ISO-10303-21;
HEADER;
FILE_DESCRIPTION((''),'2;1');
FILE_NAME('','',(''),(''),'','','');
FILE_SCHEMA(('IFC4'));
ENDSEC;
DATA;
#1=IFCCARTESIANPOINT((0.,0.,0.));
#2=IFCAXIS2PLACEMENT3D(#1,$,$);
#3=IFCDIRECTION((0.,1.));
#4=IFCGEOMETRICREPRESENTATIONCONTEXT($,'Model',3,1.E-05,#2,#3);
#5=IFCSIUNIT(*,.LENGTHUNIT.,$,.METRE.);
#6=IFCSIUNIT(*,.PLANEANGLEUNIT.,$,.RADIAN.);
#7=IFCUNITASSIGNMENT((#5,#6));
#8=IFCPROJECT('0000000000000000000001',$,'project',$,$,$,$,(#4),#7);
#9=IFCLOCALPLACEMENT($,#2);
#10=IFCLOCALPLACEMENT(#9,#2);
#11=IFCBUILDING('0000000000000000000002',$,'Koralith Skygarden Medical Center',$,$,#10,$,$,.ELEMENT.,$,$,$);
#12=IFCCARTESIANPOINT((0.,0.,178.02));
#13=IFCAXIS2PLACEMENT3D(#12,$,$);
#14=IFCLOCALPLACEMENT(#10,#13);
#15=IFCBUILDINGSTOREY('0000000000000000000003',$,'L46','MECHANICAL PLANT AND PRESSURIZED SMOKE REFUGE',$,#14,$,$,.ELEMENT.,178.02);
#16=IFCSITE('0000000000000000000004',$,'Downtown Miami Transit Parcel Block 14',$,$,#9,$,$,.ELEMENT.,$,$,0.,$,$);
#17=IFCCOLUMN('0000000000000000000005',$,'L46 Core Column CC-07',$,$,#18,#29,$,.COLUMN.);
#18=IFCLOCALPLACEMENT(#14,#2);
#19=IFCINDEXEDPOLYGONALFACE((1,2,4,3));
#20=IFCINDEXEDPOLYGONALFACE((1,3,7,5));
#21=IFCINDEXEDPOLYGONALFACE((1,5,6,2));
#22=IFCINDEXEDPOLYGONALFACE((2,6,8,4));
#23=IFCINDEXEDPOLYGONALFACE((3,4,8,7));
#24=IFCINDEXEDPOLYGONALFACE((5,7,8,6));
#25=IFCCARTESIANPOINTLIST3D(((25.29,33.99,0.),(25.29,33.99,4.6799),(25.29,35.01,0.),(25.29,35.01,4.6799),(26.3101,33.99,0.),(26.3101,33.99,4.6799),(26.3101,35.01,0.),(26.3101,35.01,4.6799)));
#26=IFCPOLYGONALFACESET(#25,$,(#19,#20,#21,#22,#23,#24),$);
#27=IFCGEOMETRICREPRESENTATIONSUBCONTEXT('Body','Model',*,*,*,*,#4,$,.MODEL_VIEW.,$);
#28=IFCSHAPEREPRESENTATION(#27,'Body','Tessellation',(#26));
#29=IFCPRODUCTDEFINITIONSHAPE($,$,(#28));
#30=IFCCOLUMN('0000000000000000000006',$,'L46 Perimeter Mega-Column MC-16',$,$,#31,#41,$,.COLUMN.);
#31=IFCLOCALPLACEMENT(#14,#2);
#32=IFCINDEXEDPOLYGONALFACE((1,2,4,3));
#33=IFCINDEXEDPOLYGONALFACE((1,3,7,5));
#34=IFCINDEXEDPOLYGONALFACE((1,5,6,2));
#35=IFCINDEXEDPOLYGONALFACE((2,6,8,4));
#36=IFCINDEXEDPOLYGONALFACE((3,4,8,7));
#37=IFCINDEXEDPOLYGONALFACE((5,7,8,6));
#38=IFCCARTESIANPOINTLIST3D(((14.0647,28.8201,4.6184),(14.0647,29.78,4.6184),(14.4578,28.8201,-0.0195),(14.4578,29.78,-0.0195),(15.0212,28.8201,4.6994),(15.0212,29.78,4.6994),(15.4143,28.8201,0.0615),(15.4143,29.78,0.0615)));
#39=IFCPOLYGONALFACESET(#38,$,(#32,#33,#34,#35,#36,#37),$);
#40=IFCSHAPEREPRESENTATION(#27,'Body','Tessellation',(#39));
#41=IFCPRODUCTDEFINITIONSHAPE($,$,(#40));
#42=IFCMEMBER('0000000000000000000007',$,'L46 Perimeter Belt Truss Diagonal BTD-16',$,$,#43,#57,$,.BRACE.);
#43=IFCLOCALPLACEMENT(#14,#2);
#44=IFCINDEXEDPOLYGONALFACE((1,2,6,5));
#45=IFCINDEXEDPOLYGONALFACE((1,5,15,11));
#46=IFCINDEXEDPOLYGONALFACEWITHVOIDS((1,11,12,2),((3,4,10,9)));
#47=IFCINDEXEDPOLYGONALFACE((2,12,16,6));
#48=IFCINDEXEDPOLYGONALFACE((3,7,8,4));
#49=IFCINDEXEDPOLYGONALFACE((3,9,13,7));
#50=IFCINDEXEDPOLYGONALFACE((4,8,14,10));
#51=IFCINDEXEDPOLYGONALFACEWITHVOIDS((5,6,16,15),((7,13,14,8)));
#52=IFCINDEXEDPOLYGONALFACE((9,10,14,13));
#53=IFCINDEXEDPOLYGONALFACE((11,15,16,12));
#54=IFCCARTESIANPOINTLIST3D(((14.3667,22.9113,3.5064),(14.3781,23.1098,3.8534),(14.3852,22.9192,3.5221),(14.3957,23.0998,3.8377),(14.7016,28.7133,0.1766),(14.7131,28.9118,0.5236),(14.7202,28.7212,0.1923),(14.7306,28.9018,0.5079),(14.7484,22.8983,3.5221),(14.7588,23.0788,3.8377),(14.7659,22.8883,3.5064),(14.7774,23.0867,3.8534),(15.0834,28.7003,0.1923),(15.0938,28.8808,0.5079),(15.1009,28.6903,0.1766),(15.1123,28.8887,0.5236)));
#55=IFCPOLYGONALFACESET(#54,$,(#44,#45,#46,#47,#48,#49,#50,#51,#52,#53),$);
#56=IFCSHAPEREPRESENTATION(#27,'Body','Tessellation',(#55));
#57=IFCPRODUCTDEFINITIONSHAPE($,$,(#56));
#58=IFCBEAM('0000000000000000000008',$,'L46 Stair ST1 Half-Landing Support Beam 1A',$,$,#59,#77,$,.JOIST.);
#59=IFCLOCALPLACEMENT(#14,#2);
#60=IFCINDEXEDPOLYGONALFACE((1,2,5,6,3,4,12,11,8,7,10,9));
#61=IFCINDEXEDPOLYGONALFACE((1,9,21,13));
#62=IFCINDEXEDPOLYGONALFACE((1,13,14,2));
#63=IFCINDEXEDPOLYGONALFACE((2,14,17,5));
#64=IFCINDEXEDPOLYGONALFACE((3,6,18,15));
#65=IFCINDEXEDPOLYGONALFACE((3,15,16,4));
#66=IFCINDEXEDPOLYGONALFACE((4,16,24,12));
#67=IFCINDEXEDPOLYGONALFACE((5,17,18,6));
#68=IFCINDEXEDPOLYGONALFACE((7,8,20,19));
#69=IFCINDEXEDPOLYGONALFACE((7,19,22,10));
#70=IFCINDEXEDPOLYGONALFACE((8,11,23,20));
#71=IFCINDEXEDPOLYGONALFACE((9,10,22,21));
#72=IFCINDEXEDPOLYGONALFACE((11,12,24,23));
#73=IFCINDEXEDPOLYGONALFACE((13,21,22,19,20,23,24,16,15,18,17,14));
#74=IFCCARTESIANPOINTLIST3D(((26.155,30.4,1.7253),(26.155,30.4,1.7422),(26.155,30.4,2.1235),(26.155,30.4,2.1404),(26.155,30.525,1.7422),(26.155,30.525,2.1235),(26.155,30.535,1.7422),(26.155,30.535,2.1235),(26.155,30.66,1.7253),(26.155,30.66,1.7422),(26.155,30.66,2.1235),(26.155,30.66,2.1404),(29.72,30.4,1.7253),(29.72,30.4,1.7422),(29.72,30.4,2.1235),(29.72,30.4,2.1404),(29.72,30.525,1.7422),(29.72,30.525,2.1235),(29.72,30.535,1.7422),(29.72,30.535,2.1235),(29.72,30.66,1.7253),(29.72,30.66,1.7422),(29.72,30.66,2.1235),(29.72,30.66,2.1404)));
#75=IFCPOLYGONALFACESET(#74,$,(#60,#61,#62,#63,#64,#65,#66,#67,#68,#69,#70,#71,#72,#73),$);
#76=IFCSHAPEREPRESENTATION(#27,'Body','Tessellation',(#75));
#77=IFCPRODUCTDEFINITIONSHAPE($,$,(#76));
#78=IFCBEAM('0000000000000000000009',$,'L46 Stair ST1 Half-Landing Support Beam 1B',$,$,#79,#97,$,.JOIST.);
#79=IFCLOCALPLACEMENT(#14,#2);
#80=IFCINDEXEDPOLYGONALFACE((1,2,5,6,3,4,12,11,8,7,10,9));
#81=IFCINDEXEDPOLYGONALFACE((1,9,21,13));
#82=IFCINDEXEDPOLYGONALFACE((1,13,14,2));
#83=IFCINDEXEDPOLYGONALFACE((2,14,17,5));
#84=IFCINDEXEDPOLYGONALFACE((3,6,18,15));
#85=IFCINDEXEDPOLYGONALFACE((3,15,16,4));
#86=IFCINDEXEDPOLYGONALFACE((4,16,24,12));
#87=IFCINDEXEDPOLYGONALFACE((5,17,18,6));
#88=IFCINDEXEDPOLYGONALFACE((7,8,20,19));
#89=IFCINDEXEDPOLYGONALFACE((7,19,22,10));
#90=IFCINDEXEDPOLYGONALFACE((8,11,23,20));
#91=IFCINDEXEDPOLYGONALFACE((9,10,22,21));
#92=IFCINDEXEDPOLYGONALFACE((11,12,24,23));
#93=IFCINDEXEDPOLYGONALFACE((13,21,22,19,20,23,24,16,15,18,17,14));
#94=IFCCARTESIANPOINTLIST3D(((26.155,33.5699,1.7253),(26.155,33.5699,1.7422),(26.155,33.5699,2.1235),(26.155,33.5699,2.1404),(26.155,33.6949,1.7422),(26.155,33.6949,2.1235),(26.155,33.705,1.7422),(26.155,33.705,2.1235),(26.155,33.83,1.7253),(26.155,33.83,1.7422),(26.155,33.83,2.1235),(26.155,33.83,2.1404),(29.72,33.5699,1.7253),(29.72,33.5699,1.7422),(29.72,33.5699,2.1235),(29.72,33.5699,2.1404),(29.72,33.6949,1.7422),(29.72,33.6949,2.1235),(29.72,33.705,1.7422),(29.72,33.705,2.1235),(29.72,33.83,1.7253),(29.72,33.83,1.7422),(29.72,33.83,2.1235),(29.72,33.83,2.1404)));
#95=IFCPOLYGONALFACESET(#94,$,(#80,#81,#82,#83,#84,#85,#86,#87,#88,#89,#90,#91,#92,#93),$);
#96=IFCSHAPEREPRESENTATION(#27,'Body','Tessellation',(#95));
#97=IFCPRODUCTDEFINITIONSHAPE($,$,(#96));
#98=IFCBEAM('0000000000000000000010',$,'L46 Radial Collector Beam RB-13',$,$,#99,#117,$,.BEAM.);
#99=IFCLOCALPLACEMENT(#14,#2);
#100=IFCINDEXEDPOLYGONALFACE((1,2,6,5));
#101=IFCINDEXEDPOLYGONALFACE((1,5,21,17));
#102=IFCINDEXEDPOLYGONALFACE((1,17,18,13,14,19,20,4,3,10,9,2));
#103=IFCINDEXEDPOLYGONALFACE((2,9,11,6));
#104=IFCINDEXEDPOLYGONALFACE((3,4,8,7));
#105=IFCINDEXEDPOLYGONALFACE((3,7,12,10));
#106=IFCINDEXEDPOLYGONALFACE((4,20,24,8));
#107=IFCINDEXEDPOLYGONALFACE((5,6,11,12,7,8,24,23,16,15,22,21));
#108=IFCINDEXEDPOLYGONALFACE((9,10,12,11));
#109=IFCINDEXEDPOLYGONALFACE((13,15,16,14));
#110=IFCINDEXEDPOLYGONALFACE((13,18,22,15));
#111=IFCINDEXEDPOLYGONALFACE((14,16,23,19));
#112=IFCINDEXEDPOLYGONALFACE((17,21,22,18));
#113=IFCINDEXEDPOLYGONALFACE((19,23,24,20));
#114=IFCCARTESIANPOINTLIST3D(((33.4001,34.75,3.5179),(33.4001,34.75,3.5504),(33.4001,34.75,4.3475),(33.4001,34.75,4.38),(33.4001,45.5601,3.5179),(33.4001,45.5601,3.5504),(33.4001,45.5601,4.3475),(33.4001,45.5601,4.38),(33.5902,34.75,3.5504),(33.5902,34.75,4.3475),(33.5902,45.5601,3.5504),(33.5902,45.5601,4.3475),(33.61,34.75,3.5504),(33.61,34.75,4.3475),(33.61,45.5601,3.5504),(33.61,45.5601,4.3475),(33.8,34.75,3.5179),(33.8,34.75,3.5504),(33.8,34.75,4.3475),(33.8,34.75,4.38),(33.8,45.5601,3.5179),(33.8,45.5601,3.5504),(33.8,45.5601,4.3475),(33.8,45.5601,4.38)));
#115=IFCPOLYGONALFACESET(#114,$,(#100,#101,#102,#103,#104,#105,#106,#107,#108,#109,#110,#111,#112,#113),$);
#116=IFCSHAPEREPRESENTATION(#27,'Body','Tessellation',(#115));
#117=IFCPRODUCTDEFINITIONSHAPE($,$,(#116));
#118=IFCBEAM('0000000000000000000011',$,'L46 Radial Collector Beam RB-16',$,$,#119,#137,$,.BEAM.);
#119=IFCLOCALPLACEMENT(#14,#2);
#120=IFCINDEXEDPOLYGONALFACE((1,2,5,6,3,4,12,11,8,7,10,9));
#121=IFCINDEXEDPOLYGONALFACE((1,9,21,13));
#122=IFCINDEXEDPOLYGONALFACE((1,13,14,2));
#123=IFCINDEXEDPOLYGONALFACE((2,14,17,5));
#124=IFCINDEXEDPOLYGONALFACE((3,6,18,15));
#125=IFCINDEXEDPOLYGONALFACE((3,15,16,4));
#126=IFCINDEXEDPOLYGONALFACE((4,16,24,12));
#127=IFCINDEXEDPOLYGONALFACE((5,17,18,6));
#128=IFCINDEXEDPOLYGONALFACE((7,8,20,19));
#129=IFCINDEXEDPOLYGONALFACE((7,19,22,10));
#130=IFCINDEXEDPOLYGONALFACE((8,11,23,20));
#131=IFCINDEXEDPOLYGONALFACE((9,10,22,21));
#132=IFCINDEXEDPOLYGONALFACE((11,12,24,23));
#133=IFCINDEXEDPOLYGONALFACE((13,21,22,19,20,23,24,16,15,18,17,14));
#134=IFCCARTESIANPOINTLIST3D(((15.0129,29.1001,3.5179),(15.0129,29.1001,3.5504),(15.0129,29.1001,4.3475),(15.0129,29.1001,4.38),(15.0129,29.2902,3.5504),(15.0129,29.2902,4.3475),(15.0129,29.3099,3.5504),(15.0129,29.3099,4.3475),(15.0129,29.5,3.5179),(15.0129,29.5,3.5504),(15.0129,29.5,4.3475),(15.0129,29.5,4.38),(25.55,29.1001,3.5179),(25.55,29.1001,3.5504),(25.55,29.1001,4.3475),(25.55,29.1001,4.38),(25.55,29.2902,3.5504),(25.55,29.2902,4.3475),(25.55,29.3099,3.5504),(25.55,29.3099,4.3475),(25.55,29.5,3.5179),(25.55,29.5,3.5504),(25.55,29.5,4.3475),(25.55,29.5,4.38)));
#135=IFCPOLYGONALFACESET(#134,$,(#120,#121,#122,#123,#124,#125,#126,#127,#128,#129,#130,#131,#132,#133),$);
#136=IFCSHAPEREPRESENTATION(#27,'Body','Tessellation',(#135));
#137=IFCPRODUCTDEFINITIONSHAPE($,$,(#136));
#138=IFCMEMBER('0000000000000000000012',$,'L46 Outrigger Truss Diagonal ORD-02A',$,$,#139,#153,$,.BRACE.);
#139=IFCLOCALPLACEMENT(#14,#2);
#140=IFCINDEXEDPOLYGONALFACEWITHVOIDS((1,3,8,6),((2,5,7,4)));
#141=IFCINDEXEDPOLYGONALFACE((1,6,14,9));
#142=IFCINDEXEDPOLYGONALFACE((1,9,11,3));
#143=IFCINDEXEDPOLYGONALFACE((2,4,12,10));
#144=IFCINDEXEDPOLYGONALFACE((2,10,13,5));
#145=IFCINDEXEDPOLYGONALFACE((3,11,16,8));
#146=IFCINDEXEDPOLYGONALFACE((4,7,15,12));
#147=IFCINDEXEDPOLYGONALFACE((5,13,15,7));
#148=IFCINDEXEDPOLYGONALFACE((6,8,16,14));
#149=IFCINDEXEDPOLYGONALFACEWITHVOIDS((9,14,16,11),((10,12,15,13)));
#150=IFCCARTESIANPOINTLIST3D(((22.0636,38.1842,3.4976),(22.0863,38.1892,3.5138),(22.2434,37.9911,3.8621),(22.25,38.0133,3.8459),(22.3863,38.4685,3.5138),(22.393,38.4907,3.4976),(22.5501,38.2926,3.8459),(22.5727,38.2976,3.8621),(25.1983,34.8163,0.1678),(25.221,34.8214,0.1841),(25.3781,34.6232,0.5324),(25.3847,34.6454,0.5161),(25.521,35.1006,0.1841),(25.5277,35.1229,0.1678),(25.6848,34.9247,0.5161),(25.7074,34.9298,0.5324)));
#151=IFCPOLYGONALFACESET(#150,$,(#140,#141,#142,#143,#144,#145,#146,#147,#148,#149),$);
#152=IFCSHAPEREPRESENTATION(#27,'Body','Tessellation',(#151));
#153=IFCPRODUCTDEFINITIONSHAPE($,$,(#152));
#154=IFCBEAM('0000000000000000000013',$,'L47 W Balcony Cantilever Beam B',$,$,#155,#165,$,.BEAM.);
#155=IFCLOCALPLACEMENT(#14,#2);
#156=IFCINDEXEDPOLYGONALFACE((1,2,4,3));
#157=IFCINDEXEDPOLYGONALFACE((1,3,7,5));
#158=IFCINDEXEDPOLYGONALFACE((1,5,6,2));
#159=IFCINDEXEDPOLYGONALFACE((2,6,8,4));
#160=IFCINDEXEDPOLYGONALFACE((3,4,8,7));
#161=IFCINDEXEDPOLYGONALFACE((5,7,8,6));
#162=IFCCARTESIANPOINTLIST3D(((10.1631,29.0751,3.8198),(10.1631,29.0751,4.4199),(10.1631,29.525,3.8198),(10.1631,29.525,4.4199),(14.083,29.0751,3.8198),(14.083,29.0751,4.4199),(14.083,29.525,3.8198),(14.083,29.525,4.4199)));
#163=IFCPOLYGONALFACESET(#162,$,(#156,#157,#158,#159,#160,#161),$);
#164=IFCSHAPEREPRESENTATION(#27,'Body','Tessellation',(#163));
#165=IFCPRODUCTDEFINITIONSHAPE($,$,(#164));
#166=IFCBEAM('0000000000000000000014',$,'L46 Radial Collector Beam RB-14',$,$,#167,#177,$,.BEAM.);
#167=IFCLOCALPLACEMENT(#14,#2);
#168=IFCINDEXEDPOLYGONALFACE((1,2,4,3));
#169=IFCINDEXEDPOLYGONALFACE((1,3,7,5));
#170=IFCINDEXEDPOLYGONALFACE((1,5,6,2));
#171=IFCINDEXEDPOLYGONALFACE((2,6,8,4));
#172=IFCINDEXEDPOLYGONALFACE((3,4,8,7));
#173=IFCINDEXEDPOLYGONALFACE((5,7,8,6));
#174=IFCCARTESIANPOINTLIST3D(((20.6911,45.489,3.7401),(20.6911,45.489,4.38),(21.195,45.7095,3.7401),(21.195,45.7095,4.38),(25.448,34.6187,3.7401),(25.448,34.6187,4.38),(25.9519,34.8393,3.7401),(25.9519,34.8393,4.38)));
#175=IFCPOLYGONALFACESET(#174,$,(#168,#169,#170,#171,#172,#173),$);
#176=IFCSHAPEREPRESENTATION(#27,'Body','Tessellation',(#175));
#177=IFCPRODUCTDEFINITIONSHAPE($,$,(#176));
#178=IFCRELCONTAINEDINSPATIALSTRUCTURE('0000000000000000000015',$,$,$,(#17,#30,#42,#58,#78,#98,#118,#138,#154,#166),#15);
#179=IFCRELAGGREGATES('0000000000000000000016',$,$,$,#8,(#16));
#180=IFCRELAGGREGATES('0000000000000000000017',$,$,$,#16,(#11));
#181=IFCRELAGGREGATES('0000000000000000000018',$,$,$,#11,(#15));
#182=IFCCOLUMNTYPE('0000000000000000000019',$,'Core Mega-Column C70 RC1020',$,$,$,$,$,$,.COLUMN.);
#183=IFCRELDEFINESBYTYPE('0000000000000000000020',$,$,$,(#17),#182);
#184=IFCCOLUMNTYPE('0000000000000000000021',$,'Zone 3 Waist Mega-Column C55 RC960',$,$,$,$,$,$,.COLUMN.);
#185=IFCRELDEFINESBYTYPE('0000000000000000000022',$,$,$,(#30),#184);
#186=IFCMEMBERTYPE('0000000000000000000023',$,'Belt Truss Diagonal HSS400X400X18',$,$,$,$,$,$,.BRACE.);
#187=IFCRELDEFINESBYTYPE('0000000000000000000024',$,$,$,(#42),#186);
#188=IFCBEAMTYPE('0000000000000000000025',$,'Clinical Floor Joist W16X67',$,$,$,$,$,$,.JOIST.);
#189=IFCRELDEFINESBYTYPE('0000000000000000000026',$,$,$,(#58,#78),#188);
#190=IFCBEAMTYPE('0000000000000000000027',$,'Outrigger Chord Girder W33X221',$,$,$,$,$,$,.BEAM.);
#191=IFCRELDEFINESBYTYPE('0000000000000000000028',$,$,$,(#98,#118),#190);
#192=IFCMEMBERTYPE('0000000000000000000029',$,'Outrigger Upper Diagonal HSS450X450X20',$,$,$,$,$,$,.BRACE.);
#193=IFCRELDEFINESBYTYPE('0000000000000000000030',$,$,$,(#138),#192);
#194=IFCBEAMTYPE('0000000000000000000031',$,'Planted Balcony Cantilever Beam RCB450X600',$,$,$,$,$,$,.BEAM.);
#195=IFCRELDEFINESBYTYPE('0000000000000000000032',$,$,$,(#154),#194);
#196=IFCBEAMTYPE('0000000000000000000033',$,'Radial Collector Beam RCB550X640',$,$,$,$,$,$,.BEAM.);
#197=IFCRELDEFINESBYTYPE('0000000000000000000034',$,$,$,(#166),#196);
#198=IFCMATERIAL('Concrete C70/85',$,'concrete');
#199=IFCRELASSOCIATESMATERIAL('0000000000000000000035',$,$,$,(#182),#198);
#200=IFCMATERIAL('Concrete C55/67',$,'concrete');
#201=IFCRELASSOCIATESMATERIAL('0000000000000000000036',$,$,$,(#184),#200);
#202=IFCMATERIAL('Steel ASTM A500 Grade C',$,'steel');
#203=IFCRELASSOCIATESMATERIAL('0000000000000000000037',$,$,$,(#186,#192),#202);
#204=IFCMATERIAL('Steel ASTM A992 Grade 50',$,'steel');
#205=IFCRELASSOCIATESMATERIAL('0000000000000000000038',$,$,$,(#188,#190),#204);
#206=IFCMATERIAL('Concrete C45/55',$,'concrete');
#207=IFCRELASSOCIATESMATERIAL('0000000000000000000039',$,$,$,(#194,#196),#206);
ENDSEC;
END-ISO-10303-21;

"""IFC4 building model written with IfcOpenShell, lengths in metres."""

from ifc_helpers import new_model, si_unit, direction, frame, origin, origin_2d, place, context, subcontext, project, spatial, rectangle, hollow_rectangle, i_section, extrude, material, material_profile, profile_set, type_object, element, save


model = new_model("IFC4")

# Units and contexts
model_context = context("Model", 3, precision=1e-05, world=origin(), true_north=direction((0.0, 1.0)))
body_context = subcontext(model_context, "Body", "Model", "MODEL_VIEW")
ifc_project = project(units=[si_unit("LENGTHUNIT", "METRE"), si_unit("PLANEANGLEUNIT", "RADIAN")], contexts=[model_context])

# Site, building, storey
site_placement = place(None, origin())
site = spatial("IfcSite", under=ifc_project, at=site_placement, Name="Downtown Miami Transit Parcel Block 14", CompositionType="ELEMENT", RefElevation=0.0)
building_placement = place(site_placement, origin())
building = spatial("IfcBuilding", under=site, at=building_placement, Name="Koralith Skygarden Medical Center", CompositionType="ELEMENT")
storey_placement = place(building_placement, frame((0.0, 0.0, 178.02)))
storey = spatial("IfcBuildingStorey", under=building, at=storey_placement, Name="L46", Description="MECHANICAL PLANT AND PRESSURIZED SMOKE REFUGE", CompositionType="ELEMENT", Elevation=178.02)

# Columns
ifc_material_1 = material(Name="Concrete C70/85", Category="concrete")
ifc_material_profile_1 = material_profile(ifc_material_1, rectangle(XDim=1.02, YDim=1.02, at=origin_2d()), Name="RC1020X1020")
ifc_profile_set_1 = profile_set([ifc_material_profile_1], Name="Concrete C70/85")
column_type_1 = type_object("IfcColumnType", Name="Core Mega-Column C70 RC1020", PredefinedType="COLUMN", material=ifc_profile_set_1)
column_1_placement = place(storey_placement, frame((25.8, 34.5, 0.0), z_axis=(0.0, 0.0, 1.0), x_axis=(1.0, 0.0, 0.0)))
element("IfcColumn", 1, at=column_1_placement, inside=storey, type_object=column_type_1, Name="L46 Core Column CC-07", PredefinedType="COLUMN", context=body_context, shape_type="SweptSolid", body=[
    extrude(rectangle(XDim=1.02, YDim=1.02, at=origin_2d()), origin(), (0.0, 0.0, 1.0), 4.6799),
])
ifc_material_2 = material(Name="Concrete C55/67", Category="concrete")
ifc_material_profile_2 = material_profile(ifc_material_2, rectangle(XDim=0.96, YDim=0.96, at=origin_2d()), Name="RC960X960")
ifc_profile_set_2 = profile_set([ifc_material_profile_2], Name="Concrete C55/67")
column_type_2 = type_object("IfcColumnType", Name="Zone 3 Waist Mega-Column C55 RC960", PredefinedType="COLUMN", material=ifc_profile_set_2)
column_2_placement = place(storey_placement, frame((14.936, 29.3, 0.021), z_axis=(-0.084447, 0.0, 0.996428), x_axis=(0.0, -1.0, 0.0)))
element("IfcColumn", 2, at=column_2_placement, inside=storey, type_object=column_type_2, Name="L46 Perimeter Mega-Column MC-16", PredefinedType="COLUMN", context=body_context, shape_type="SweptSolid", body=[
    extrude(rectangle(XDim=0.96, YDim=0.96, at=origin_2d()), origin(), (0.0, 0.0, 1.0), 4.6545),
])

# Member
ifc_material_3 = material(Name="Steel ASTM A500 Grade C", Category="steel")
ifc_material_profile_3 = material_profile(ifc_material_3, hollow_rectangle(XDim=0.3999, YDim=0.3999, WallThickness=0.0181, at=origin_2d()), Name="HSS400X400X18")
ifc_profile_set_3 = profile_set([ifc_material_profile_3], Name="Steel ASTM A500 Grade C")
member_type_1 = type_object("IfcMemberType", Name="Belt Truss Diagonal HSS400X400X18", PredefinedType="BRACE", material=ifc_profile_set_3)
member_1_placement = place(storey_placement, frame((14.907, 28.801, 0.3501), z_axis=(-0.050009, -0.866229, 0.497138), x_axis=(0.998338, -0.057636, 0.0)))
element("IfcMember", 3, at=member_1_placement, inside=storey, type_object=member_type_1, Name="L46 Perimeter Belt Truss Diagonal BTD-16", PredefinedType="BRACE", context=body_context, shape_type="SweptSolid", body=[
    extrude(hollow_rectangle(XDim=0.3999, YDim=0.3999, WallThickness=0.0181, at=origin_2d()), origin(), (0.0, 0.0, 1.0), 6.698),
])

# Beams
ifc_material_4 = material(Name="Steel ASTM A992 Grade 50", Category="steel")
ifc_material_profile_4 = material_profile(ifc_material_4, i_section(OverallWidth=0.26, OverallDepth=0.415, WebThickness=0.01, FlangeThickness=0.0168, at=origin_2d()), Name="W16X67")
ifc_profile_set_4 = profile_set([ifc_material_profile_4], Name="Steel ASTM A992 Grade 50")
beam_type_1 = type_object("IfcBeamType", Name="Clinical Floor Joist W16X67", PredefinedType="JOIST", material=ifc_profile_set_4)
for number, where, z_axis, x_axis, name in (
    (4, (26.155, 30.53, 1.9329), (1.0, 0.0, 0.0), (0.0, 1.0, 0.0), "L46 Stair ST1 Half-Landing Support Beam 1A"),
    (5, (26.155, 33.7, 1.9329), (1.0, 0.0, 0.0), (0.0, 1.0, 0.0), "L46 Stair ST1 Half-Landing Support Beam 1B"),
):
    element("IfcBeam", number, at=place(storey_placement, frame(where, z_axis=z_axis, x_axis=x_axis)), inside=storey, type_object=beam_type_1, Name=name, PredefinedType="JOIST", context=body_context, shape_type="SweptSolid", body=[
        extrude(i_section(OverallWidth=0.26, OverallDepth=0.415, WebThickness=0.01, FlangeThickness=0.0168, at=origin_2d()), origin(), (0.0, 0.0, 1.0), 3.5649),
    ])
ifc_material_profile_5 = material_profile(ifc_material_4, i_section(OverallWidth=0.3999, OverallDepth=0.8621, WebThickness=0.0198, FlangeThickness=0.0325, at=origin_2d()), Name="W33X221")
ifc_profile_set_5 = profile_set([ifc_material_profile_5], Name="Steel ASTM A992 Grade 50")
beam_type_2 = type_object("IfcBeamType", Name="Outrigger Chord Girder W33X221", PredefinedType="BEAM", material=ifc_profile_set_5)
beam_1_placement = place(storey_placement, frame((33.6001, 34.75, 3.949), z_axis=(0.0, 1.0, 0.0), x_axis=(-1.0, 0.0, 0.0)))
element("IfcBeam", 6, at=beam_1_placement, inside=storey, type_object=beam_type_2, Name="L46 Radial Collector Beam RB-13", PredefinedType="BEAM", context=body_context, shape_type="SweptSolid", body=[
    extrude(i_section(OverallWidth=0.3999, OverallDepth=0.8621, WebThickness=0.0198, FlangeThickness=0.0325, at=origin_2d()), origin(), (0.0, 0.0, 1.0), 10.8101),
])
beam_2_placement = place(storey_placement, frame((25.55, 29.3, 3.949), z_axis=(-1.0, 0.0, 0.0), x_axis=(0.0, -1.0, 0.0)))
element("IfcBeam", 7, at=beam_2_placement, inside=storey, type_object=beam_type_2, Name="L46 Radial Collector Beam RB-16", PredefinedType="BEAM", context=body_context, shape_type="SweptSolid", body=[
    extrude(i_section(OverallWidth=0.3999, OverallDepth=0.8621, WebThickness=0.0198, FlangeThickness=0.0325, at=origin_2d()), origin(), (0.0, 0.0, 1.0), 10.5371),
])

# Member
ifc_material_profile_6 = material_profile(ifc_material_3, hollow_rectangle(XDim=0.45, YDim=0.45, WallThickness=0.02, at=origin_2d()), Name="HSS450X450X20")
ifc_profile_set_6 = profile_set([ifc_material_profile_6], Name="Steel ASTM A500 Grade C")
member_type_2 = type_object("IfcMemberType", Name="Outrigger Upper Diagonal HSS450X450X20", PredefinedType="BRACE", material=ifc_profile_set_6)
member_2_placement = place(storey_placement, frame((25.4529, 34.873, 0.3501), z_axis=(-0.551938, 0.592989, 0.586283), x_axis=(-0.73199, -0.681316, 0.0)))
element("IfcMember", 8, at=member_2_placement, inside=storey, type_object=member_type_2, Name="L46 Outrigger Truss Diagonal ORD-02A", PredefinedType="BRACE", context=body_context, shape_type="SweptSolid", body=[
    extrude(hollow_rectangle(XDim=0.45, YDim=0.45, WallThickness=0.02, at=origin_2d()), origin(), (0.0, 0.0, 1.0), 5.6794),
])

# Beams
ifc_material_5 = material(Name="Concrete C45/55", Category="concrete")
ifc_material_profile_7 = material_profile(ifc_material_5, rectangle(XDim=0.45, YDim=0.6001, at=origin_2d()), Name="RCB450X600")
ifc_profile_set_7 = profile_set([ifc_material_profile_7], Name="Concrete C45/55")
beam_type_3 = type_object("IfcBeamType", Name="Planted Balcony Cantilever Beam RCB450X600", PredefinedType="BEAM", material=ifc_profile_set_7)
beam_3_placement = place(storey_placement, frame((14.083, 29.3, 4.1199), z_axis=(-1.0, 0.0, 0.0), x_axis=(0.0, -1.0, 0.0)))
element("IfcBeam", 9, at=beam_3_placement, inside=storey, type_object=beam_type_3, Name="L47 W Balcony Cantilever Beam B", PredefinedType="BEAM", context=body_context, shape_type="SweptSolid", body=[
    extrude(rectangle(XDim=0.45, YDim=0.6001, at=origin_2d()), origin(), (0.0, 0.0, 1.0), 3.9199),
])
ifc_material_profile_8 = material_profile(ifc_material_5, rectangle(XDim=0.55, YDim=0.6399, at=origin_2d()), Name="RCB550X640")
ifc_profile_set_8 = profile_set([ifc_material_profile_8], Name="Concrete C45/55")
beam_type_4 = type_object("IfcBeamType", Name="Radial Collector Beam RCB550X640", PredefinedType="BEAM", material=ifc_profile_set_8)
beam_4_placement = place(storey_placement, frame((25.7, 34.729, 4.0601), z_axis=(-0.400901, 0.916121, 0.0), x_axis=(-0.916121, -0.400901, 0.0)))
element("IfcBeam", 10, at=beam_4_placement, inside=storey, type_object=beam_type_4, Name="L46 Radial Collector Beam RB-14", PredefinedType="BEAM", context=body_context, shape_type="SweptSolid", body=[
    extrude(rectangle(XDim=0.55, YDim=0.6399, at=origin_2d()), origin(), (0.0, 0.0, 1.0), 11.8655),
])

save(model, "model.ifc")
